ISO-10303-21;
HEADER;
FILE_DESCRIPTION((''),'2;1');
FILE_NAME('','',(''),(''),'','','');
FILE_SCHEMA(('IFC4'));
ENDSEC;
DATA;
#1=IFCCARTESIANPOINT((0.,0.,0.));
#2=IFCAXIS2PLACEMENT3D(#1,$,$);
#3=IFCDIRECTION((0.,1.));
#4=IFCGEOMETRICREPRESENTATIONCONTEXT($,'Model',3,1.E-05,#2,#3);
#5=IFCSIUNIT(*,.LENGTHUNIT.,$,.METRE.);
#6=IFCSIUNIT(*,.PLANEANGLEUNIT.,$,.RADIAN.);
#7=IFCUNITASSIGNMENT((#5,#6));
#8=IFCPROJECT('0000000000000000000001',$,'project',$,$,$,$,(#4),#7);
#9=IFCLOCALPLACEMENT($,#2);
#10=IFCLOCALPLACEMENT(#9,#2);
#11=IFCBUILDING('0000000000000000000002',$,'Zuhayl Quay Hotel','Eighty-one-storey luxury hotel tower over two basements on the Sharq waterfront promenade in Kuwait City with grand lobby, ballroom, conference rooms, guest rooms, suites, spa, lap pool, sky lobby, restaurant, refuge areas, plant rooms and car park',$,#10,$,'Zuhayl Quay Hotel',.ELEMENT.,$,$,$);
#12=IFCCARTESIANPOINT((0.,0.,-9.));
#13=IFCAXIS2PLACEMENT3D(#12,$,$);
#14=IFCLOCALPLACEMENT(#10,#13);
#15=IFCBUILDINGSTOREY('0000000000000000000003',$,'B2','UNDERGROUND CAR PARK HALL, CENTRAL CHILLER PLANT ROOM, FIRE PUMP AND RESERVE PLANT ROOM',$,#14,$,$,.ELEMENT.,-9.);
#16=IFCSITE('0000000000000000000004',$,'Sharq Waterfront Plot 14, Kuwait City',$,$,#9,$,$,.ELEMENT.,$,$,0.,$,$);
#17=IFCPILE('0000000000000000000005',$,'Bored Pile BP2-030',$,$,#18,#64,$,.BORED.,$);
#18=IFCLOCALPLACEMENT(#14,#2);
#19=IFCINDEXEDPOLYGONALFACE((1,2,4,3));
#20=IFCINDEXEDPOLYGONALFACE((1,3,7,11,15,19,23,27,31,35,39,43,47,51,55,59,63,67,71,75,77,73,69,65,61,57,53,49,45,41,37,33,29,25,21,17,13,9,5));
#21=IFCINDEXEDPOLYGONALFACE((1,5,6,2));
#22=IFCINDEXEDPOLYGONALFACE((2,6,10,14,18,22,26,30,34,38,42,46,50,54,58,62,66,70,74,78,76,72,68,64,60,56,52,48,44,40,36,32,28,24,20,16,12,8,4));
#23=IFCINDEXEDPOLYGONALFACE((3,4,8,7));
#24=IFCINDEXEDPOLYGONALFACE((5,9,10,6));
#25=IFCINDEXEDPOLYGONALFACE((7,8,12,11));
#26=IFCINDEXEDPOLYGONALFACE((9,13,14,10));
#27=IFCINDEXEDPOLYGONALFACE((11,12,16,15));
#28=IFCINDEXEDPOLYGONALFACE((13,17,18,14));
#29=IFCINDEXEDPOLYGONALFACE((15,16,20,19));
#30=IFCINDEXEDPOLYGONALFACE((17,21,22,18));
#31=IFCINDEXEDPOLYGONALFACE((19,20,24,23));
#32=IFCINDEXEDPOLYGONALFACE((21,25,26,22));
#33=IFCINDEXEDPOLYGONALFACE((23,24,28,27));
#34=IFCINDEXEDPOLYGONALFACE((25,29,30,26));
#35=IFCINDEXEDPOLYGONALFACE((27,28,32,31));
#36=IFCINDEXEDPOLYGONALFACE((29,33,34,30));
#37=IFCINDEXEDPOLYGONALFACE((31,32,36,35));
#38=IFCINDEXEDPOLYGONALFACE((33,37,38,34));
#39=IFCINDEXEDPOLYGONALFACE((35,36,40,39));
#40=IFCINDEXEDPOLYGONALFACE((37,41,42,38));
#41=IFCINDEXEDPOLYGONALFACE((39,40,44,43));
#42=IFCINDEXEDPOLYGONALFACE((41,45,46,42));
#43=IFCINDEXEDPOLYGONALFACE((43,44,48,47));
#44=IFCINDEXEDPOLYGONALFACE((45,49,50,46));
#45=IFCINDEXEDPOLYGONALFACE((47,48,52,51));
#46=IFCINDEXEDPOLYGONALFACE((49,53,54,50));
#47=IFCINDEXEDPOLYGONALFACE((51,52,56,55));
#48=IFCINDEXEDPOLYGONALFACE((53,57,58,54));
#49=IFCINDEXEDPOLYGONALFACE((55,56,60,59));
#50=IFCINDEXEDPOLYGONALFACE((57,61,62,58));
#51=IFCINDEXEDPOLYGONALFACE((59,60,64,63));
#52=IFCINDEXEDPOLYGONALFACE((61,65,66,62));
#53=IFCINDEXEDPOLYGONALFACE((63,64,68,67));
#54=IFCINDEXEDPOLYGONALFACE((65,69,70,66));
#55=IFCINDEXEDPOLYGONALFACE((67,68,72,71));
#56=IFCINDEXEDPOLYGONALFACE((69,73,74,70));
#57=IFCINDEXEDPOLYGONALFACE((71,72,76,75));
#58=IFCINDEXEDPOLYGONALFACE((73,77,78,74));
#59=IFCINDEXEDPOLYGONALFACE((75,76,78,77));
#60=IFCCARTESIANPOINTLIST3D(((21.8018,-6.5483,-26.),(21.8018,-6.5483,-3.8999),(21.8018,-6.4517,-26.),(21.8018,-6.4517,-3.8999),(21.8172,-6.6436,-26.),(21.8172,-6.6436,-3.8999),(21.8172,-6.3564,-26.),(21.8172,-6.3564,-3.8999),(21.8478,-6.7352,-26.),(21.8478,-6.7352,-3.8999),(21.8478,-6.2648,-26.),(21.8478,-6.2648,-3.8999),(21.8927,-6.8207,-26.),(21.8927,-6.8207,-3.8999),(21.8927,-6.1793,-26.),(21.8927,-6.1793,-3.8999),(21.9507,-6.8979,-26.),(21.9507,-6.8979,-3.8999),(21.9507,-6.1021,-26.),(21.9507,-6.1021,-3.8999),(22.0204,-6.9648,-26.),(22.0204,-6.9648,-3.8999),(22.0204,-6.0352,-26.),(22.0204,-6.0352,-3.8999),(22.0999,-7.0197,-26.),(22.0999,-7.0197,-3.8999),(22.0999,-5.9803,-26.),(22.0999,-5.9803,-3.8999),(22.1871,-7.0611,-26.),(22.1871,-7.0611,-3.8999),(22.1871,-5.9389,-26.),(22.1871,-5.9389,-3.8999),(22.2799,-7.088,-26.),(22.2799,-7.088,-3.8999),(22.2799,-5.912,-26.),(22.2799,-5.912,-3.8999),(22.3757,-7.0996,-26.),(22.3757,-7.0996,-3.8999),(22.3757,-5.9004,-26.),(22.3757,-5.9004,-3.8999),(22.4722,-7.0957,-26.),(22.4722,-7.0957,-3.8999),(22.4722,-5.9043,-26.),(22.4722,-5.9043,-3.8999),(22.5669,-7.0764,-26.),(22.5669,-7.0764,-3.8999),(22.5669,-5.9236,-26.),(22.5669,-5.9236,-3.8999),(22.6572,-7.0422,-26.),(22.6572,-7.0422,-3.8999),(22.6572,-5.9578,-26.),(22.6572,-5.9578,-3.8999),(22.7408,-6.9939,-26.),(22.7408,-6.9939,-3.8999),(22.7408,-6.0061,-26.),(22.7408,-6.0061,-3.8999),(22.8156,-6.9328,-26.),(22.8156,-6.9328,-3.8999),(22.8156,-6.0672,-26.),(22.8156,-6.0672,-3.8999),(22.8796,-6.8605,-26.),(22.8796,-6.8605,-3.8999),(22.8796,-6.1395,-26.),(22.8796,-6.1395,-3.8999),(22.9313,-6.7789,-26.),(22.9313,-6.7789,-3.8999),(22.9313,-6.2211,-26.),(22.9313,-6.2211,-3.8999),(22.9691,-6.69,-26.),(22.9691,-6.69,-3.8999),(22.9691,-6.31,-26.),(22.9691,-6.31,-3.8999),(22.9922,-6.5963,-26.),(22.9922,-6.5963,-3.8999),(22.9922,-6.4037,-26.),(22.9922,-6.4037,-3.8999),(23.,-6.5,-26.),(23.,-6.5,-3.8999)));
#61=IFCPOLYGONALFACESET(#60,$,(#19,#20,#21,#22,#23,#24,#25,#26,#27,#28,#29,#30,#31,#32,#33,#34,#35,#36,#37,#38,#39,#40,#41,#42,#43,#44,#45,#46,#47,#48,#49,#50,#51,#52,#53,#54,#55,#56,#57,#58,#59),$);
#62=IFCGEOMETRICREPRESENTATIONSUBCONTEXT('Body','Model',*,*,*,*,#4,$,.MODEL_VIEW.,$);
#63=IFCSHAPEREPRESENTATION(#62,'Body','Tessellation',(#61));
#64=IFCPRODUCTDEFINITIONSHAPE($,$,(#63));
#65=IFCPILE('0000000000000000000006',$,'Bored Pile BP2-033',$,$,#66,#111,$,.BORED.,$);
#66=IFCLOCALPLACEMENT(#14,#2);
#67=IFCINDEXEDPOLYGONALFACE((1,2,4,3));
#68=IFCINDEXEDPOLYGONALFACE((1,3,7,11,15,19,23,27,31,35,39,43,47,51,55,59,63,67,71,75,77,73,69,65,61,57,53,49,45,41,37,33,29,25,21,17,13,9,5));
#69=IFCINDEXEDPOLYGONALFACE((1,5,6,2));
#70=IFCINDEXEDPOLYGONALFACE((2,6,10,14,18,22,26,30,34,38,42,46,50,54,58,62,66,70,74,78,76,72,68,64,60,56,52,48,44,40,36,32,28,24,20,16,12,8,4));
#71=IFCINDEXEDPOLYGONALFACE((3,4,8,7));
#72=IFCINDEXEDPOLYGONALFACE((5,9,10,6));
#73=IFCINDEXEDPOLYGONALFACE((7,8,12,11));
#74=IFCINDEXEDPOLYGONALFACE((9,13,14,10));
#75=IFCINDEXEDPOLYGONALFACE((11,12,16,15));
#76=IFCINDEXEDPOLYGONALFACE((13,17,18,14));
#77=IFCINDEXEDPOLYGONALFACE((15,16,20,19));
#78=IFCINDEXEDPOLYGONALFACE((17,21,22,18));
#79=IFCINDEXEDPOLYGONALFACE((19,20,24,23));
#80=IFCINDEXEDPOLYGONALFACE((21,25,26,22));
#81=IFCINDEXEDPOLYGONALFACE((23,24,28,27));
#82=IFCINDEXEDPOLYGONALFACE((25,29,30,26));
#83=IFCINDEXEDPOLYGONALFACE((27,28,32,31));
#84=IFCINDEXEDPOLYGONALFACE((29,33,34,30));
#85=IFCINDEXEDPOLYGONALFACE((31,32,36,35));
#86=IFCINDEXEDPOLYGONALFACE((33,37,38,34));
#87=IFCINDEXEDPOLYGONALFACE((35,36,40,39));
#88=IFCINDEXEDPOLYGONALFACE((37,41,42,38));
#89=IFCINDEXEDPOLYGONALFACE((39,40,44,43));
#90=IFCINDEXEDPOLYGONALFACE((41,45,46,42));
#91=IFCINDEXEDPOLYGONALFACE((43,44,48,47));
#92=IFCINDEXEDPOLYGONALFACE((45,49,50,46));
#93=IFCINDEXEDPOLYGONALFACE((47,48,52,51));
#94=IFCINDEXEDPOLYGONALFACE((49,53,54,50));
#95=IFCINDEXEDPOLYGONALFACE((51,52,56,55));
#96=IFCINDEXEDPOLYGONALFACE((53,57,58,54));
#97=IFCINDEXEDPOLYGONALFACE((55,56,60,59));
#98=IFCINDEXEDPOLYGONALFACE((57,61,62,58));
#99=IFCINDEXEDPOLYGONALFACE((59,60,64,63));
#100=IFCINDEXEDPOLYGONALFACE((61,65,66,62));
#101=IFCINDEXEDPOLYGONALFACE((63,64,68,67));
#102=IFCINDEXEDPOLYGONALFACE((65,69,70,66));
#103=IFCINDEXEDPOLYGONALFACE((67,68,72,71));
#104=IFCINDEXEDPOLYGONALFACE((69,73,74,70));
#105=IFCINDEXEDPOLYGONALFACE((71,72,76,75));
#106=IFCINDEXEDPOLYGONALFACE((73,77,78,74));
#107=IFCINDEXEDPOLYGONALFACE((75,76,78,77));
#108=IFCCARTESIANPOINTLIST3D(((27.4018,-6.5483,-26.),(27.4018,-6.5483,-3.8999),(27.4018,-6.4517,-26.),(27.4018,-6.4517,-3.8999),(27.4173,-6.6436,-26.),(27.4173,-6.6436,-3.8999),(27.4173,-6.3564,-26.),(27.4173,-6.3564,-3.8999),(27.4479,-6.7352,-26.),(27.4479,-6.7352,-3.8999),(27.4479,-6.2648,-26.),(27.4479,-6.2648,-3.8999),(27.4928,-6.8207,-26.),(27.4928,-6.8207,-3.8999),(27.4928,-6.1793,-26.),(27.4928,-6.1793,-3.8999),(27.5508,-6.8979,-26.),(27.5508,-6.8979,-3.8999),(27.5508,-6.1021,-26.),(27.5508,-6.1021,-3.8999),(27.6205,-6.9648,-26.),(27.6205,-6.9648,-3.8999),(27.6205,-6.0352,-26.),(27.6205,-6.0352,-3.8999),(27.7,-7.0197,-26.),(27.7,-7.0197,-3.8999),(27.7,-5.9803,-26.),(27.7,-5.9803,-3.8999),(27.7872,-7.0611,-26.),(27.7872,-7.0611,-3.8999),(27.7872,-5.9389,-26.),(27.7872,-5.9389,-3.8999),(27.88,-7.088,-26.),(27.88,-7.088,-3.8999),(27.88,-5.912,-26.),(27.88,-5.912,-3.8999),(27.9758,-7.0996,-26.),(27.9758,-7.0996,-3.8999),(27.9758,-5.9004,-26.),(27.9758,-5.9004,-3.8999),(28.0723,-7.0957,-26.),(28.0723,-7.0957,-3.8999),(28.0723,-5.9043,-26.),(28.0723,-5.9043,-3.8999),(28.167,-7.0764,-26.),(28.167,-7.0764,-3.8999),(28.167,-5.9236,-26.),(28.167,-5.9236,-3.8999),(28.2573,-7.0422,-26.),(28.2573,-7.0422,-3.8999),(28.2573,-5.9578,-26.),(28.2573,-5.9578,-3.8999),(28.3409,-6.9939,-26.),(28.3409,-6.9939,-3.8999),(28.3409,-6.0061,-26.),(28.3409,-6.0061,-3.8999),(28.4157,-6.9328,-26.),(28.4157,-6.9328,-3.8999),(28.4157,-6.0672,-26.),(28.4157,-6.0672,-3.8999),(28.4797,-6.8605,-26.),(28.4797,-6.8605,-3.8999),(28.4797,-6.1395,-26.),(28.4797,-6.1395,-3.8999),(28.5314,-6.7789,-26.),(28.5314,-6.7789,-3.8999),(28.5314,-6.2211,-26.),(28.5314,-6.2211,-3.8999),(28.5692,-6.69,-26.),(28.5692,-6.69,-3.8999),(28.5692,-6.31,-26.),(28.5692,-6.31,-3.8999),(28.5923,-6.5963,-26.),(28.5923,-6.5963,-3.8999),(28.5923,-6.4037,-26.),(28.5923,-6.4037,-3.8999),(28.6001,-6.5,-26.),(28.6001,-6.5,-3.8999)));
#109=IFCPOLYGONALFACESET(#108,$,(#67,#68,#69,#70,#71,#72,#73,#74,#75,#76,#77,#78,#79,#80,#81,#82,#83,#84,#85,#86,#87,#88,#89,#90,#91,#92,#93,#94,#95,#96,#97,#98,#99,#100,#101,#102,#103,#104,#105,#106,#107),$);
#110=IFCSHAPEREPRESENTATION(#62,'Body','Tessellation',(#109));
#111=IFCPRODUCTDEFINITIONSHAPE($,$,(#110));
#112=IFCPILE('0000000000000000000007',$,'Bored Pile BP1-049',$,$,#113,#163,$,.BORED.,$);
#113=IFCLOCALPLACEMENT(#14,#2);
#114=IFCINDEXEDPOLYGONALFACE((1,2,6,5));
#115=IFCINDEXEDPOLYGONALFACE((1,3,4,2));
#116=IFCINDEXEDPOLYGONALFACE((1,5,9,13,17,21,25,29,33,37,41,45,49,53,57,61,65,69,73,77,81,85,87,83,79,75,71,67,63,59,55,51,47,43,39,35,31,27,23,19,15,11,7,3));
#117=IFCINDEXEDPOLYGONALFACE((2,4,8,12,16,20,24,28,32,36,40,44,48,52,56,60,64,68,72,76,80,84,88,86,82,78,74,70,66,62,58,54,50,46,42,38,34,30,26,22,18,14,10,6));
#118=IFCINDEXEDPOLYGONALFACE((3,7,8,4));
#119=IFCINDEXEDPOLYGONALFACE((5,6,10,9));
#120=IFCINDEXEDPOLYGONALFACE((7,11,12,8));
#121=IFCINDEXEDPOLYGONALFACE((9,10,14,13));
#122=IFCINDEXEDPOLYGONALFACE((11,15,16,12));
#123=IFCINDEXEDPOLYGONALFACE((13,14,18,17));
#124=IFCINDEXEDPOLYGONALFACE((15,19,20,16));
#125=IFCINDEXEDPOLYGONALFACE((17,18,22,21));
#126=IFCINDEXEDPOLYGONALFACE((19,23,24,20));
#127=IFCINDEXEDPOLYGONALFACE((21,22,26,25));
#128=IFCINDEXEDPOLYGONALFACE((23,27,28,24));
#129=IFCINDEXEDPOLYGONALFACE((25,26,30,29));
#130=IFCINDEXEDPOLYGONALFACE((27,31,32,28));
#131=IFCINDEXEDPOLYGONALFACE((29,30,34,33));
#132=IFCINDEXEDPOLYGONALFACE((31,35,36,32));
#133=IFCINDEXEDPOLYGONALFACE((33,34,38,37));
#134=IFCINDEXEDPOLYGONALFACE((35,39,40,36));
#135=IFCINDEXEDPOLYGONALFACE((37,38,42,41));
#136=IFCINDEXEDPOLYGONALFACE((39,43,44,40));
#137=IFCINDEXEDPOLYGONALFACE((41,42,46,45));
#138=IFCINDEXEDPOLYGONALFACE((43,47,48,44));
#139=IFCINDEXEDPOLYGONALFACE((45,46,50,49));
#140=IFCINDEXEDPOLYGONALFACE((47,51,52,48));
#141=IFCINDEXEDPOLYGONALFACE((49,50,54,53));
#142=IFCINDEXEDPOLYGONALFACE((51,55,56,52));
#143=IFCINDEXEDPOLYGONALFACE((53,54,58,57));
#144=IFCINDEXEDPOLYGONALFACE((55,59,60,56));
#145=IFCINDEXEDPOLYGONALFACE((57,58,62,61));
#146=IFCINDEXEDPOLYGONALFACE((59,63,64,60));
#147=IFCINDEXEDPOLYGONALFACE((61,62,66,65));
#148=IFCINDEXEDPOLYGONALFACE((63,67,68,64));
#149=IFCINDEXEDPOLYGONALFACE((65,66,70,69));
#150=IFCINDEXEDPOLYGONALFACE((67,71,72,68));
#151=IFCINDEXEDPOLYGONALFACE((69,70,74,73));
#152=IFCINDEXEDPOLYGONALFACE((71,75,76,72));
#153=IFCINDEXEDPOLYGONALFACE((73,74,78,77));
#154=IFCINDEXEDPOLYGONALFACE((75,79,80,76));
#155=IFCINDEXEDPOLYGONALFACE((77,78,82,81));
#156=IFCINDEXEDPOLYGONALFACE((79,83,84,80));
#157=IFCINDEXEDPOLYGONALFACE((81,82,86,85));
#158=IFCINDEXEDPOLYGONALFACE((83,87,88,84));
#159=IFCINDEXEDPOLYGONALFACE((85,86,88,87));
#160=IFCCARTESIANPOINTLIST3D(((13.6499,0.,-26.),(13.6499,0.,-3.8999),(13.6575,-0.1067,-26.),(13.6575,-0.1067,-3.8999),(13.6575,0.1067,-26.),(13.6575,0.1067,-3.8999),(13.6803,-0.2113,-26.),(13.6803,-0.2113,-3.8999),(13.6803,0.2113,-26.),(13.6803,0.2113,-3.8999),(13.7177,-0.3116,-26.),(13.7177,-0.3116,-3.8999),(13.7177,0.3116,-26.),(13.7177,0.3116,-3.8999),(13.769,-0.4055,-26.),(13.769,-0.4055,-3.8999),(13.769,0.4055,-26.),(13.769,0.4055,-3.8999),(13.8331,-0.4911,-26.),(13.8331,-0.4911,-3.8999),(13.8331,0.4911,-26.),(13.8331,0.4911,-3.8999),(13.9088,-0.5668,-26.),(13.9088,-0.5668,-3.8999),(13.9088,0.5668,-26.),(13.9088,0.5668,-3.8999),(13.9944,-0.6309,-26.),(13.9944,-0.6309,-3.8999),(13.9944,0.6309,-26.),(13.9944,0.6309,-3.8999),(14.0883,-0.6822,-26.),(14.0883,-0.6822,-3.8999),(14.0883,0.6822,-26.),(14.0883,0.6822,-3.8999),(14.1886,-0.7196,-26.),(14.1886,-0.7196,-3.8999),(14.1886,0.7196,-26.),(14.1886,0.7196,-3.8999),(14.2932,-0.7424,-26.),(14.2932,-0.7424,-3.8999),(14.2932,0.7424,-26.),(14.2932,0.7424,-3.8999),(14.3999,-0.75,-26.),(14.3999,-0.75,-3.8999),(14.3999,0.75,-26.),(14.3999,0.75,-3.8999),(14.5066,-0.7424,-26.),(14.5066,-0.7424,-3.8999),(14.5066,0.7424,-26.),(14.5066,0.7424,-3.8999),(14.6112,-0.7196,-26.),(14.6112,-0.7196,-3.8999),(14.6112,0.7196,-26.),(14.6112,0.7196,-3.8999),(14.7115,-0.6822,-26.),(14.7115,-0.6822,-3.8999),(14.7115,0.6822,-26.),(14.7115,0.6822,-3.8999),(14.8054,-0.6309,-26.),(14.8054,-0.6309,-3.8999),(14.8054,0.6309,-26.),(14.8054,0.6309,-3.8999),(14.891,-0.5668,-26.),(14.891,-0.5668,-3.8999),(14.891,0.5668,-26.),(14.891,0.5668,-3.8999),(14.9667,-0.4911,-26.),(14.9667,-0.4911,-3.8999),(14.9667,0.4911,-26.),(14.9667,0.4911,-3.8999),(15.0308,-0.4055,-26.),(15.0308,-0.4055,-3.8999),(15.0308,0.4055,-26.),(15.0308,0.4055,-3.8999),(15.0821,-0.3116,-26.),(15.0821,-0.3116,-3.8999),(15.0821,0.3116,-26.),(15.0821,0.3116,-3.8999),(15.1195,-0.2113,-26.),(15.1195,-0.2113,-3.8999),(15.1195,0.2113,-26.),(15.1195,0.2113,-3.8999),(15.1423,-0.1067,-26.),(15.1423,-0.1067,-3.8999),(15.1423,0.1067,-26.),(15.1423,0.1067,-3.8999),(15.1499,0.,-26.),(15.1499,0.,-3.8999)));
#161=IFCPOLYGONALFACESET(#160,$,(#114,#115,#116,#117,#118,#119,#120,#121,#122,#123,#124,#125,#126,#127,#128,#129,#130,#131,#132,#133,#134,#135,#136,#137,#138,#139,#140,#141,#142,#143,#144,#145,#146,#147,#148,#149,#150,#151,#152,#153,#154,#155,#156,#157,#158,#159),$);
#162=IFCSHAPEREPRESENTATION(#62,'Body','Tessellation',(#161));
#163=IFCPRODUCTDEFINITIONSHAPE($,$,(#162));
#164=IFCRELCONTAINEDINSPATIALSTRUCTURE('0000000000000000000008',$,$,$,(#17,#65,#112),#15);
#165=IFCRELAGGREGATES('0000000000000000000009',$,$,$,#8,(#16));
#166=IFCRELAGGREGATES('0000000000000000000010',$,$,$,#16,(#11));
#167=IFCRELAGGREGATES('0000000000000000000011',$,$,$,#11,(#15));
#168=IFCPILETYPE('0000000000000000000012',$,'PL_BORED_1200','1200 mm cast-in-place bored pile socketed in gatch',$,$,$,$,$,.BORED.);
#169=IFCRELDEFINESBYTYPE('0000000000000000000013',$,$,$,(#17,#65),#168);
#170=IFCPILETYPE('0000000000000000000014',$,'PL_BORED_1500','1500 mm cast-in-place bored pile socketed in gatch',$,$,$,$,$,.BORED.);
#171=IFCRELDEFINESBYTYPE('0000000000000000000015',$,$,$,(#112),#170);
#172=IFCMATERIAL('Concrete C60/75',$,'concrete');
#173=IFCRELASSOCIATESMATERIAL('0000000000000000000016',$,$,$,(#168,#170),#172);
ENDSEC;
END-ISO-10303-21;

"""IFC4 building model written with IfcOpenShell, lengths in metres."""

from ifc_helpers import new_model, si_unit, direction, frame, origin, origin_2d, place, context, subcontext, project, spatial, circle, extrude, material, material_profile, profile_set, type_object, element, save


model = new_model("IFC4")

# Units and contexts
model_context = context("Model", 3, precision=1e-05, world=origin(), true_north=direction((0.0, 1.0)))
body_context = subcontext(model_context, "Body", "Model", "MODEL_VIEW")
ifc_project = project(units=[si_unit("LENGTHUNIT", "METRE"), si_unit("PLANEANGLEUNIT", "RADIAN")], contexts=[model_context])

# Site, building, storey
site_placement = place(None, origin())
site = spatial("IfcSite", under=ifc_project, at=site_placement, Name="Sharq Waterfront Plot 14, Kuwait City", CompositionType="ELEMENT", RefElevation=0.0)
building_placement = place(site_placement, origin())
building = spatial("IfcBuilding", under=site, at=building_placement, Name="Zuhayl Quay Hotel", Description="Eighty-one-storey luxury hotel tower over two basements on the Sharq waterfront promenade in Kuwait City with grand lobby, ballroom, conference rooms, guest rooms, suites, spa, lap pool, sky lobby, restaurant, refuge areas, plant rooms and car park", LongName="Zuhayl Quay Hotel", CompositionType="ELEMENT")
storey_placement = place(building_placement, frame((0.0, 0.0, -9.0)))
storey = spatial("IfcBuildingStorey", under=building, at=storey_placement, Name="B2", Description="UNDERGROUND CAR PARK HALL, CENTRAL CHILLER PLANT ROOM, FIRE PUMP AND RESERVE PLANT ROOM", CompositionType="ELEMENT", Elevation=-9.0)

# Piles
ifc_material_1 = material(Name="Concrete C60/75", Category="concrete")
ifc_material_profile_1 = material_profile(ifc_material_1, circle(Radius=0.6001, at=origin_2d()), Name="PILE1200")
ifc_profile_set_1 = profile_set([ifc_material_profile_1], Name="Concrete C60/75")
pile_type_1 = type_object("IfcPileType", Name="PL_BORED_1200", Description="1200 mm cast-in-place bored pile socketed in gatch", PredefinedType="BORED", material=ifc_profile_set_1)
for number, where, z_axis, x_axis, name in (
    (1, (22.3999, -6.5, -3.8999), (0.0, 0.0, -1.0), (1.0, 0.0, 0.0), "Bored Pile BP2-030"),
    (2, (28.0, -6.5, -3.8999), (0.0, 0.0, -1.0), (1.0, 0.0, 0.0), "Bored Pile BP2-033"),
):
    element("IfcPile", number, at=place(storey_placement, frame(where, z_axis=z_axis, x_axis=x_axis)), inside=storey, type_object=pile_type_1, Name=name, PredefinedType="BORED", context=body_context, shape_type="SweptSolid", body=[
        extrude(circle(Radius=0.6001, at=origin_2d()), origin(), (0.0, 0.0, 1.0), 22.1001),
    ])
ifc_material_profile_2 = material_profile(ifc_material_1, circle(Radius=0.75, at=origin_2d()), Name="PILE1500")
ifc_profile_set_2 = profile_set([ifc_material_profile_2], Name="Concrete C60/75")
pile_type_2 = type_object("IfcPileType", Name="PL_BORED_1500", Description="1500 mm cast-in-place bored pile socketed in gatch", PredefinedType="BORED", material=ifc_profile_set_2)
for number, where, z_axis, x_axis, name in (
    (3, (14.3999, 0.0, -3.8999), (0.0, 0.0, -1.0), (1.0, 0.0, 0.0), "Bored Pile BP1-049"),
):
    element("IfcPile", number, at=place(storey_placement, frame(where, z_axis=z_axis, x_axis=x_axis)), inside=storey, type_object=pile_type_2, Name=name, PredefinedType="BORED", context=body_context, shape_type="SweptSolid", body=[
        extrude(circle(Radius=0.75, at=origin_2d()), origin(), (0.0, 0.0, 1.0), 22.1001),
    ])

save(model, "model.ifc")
